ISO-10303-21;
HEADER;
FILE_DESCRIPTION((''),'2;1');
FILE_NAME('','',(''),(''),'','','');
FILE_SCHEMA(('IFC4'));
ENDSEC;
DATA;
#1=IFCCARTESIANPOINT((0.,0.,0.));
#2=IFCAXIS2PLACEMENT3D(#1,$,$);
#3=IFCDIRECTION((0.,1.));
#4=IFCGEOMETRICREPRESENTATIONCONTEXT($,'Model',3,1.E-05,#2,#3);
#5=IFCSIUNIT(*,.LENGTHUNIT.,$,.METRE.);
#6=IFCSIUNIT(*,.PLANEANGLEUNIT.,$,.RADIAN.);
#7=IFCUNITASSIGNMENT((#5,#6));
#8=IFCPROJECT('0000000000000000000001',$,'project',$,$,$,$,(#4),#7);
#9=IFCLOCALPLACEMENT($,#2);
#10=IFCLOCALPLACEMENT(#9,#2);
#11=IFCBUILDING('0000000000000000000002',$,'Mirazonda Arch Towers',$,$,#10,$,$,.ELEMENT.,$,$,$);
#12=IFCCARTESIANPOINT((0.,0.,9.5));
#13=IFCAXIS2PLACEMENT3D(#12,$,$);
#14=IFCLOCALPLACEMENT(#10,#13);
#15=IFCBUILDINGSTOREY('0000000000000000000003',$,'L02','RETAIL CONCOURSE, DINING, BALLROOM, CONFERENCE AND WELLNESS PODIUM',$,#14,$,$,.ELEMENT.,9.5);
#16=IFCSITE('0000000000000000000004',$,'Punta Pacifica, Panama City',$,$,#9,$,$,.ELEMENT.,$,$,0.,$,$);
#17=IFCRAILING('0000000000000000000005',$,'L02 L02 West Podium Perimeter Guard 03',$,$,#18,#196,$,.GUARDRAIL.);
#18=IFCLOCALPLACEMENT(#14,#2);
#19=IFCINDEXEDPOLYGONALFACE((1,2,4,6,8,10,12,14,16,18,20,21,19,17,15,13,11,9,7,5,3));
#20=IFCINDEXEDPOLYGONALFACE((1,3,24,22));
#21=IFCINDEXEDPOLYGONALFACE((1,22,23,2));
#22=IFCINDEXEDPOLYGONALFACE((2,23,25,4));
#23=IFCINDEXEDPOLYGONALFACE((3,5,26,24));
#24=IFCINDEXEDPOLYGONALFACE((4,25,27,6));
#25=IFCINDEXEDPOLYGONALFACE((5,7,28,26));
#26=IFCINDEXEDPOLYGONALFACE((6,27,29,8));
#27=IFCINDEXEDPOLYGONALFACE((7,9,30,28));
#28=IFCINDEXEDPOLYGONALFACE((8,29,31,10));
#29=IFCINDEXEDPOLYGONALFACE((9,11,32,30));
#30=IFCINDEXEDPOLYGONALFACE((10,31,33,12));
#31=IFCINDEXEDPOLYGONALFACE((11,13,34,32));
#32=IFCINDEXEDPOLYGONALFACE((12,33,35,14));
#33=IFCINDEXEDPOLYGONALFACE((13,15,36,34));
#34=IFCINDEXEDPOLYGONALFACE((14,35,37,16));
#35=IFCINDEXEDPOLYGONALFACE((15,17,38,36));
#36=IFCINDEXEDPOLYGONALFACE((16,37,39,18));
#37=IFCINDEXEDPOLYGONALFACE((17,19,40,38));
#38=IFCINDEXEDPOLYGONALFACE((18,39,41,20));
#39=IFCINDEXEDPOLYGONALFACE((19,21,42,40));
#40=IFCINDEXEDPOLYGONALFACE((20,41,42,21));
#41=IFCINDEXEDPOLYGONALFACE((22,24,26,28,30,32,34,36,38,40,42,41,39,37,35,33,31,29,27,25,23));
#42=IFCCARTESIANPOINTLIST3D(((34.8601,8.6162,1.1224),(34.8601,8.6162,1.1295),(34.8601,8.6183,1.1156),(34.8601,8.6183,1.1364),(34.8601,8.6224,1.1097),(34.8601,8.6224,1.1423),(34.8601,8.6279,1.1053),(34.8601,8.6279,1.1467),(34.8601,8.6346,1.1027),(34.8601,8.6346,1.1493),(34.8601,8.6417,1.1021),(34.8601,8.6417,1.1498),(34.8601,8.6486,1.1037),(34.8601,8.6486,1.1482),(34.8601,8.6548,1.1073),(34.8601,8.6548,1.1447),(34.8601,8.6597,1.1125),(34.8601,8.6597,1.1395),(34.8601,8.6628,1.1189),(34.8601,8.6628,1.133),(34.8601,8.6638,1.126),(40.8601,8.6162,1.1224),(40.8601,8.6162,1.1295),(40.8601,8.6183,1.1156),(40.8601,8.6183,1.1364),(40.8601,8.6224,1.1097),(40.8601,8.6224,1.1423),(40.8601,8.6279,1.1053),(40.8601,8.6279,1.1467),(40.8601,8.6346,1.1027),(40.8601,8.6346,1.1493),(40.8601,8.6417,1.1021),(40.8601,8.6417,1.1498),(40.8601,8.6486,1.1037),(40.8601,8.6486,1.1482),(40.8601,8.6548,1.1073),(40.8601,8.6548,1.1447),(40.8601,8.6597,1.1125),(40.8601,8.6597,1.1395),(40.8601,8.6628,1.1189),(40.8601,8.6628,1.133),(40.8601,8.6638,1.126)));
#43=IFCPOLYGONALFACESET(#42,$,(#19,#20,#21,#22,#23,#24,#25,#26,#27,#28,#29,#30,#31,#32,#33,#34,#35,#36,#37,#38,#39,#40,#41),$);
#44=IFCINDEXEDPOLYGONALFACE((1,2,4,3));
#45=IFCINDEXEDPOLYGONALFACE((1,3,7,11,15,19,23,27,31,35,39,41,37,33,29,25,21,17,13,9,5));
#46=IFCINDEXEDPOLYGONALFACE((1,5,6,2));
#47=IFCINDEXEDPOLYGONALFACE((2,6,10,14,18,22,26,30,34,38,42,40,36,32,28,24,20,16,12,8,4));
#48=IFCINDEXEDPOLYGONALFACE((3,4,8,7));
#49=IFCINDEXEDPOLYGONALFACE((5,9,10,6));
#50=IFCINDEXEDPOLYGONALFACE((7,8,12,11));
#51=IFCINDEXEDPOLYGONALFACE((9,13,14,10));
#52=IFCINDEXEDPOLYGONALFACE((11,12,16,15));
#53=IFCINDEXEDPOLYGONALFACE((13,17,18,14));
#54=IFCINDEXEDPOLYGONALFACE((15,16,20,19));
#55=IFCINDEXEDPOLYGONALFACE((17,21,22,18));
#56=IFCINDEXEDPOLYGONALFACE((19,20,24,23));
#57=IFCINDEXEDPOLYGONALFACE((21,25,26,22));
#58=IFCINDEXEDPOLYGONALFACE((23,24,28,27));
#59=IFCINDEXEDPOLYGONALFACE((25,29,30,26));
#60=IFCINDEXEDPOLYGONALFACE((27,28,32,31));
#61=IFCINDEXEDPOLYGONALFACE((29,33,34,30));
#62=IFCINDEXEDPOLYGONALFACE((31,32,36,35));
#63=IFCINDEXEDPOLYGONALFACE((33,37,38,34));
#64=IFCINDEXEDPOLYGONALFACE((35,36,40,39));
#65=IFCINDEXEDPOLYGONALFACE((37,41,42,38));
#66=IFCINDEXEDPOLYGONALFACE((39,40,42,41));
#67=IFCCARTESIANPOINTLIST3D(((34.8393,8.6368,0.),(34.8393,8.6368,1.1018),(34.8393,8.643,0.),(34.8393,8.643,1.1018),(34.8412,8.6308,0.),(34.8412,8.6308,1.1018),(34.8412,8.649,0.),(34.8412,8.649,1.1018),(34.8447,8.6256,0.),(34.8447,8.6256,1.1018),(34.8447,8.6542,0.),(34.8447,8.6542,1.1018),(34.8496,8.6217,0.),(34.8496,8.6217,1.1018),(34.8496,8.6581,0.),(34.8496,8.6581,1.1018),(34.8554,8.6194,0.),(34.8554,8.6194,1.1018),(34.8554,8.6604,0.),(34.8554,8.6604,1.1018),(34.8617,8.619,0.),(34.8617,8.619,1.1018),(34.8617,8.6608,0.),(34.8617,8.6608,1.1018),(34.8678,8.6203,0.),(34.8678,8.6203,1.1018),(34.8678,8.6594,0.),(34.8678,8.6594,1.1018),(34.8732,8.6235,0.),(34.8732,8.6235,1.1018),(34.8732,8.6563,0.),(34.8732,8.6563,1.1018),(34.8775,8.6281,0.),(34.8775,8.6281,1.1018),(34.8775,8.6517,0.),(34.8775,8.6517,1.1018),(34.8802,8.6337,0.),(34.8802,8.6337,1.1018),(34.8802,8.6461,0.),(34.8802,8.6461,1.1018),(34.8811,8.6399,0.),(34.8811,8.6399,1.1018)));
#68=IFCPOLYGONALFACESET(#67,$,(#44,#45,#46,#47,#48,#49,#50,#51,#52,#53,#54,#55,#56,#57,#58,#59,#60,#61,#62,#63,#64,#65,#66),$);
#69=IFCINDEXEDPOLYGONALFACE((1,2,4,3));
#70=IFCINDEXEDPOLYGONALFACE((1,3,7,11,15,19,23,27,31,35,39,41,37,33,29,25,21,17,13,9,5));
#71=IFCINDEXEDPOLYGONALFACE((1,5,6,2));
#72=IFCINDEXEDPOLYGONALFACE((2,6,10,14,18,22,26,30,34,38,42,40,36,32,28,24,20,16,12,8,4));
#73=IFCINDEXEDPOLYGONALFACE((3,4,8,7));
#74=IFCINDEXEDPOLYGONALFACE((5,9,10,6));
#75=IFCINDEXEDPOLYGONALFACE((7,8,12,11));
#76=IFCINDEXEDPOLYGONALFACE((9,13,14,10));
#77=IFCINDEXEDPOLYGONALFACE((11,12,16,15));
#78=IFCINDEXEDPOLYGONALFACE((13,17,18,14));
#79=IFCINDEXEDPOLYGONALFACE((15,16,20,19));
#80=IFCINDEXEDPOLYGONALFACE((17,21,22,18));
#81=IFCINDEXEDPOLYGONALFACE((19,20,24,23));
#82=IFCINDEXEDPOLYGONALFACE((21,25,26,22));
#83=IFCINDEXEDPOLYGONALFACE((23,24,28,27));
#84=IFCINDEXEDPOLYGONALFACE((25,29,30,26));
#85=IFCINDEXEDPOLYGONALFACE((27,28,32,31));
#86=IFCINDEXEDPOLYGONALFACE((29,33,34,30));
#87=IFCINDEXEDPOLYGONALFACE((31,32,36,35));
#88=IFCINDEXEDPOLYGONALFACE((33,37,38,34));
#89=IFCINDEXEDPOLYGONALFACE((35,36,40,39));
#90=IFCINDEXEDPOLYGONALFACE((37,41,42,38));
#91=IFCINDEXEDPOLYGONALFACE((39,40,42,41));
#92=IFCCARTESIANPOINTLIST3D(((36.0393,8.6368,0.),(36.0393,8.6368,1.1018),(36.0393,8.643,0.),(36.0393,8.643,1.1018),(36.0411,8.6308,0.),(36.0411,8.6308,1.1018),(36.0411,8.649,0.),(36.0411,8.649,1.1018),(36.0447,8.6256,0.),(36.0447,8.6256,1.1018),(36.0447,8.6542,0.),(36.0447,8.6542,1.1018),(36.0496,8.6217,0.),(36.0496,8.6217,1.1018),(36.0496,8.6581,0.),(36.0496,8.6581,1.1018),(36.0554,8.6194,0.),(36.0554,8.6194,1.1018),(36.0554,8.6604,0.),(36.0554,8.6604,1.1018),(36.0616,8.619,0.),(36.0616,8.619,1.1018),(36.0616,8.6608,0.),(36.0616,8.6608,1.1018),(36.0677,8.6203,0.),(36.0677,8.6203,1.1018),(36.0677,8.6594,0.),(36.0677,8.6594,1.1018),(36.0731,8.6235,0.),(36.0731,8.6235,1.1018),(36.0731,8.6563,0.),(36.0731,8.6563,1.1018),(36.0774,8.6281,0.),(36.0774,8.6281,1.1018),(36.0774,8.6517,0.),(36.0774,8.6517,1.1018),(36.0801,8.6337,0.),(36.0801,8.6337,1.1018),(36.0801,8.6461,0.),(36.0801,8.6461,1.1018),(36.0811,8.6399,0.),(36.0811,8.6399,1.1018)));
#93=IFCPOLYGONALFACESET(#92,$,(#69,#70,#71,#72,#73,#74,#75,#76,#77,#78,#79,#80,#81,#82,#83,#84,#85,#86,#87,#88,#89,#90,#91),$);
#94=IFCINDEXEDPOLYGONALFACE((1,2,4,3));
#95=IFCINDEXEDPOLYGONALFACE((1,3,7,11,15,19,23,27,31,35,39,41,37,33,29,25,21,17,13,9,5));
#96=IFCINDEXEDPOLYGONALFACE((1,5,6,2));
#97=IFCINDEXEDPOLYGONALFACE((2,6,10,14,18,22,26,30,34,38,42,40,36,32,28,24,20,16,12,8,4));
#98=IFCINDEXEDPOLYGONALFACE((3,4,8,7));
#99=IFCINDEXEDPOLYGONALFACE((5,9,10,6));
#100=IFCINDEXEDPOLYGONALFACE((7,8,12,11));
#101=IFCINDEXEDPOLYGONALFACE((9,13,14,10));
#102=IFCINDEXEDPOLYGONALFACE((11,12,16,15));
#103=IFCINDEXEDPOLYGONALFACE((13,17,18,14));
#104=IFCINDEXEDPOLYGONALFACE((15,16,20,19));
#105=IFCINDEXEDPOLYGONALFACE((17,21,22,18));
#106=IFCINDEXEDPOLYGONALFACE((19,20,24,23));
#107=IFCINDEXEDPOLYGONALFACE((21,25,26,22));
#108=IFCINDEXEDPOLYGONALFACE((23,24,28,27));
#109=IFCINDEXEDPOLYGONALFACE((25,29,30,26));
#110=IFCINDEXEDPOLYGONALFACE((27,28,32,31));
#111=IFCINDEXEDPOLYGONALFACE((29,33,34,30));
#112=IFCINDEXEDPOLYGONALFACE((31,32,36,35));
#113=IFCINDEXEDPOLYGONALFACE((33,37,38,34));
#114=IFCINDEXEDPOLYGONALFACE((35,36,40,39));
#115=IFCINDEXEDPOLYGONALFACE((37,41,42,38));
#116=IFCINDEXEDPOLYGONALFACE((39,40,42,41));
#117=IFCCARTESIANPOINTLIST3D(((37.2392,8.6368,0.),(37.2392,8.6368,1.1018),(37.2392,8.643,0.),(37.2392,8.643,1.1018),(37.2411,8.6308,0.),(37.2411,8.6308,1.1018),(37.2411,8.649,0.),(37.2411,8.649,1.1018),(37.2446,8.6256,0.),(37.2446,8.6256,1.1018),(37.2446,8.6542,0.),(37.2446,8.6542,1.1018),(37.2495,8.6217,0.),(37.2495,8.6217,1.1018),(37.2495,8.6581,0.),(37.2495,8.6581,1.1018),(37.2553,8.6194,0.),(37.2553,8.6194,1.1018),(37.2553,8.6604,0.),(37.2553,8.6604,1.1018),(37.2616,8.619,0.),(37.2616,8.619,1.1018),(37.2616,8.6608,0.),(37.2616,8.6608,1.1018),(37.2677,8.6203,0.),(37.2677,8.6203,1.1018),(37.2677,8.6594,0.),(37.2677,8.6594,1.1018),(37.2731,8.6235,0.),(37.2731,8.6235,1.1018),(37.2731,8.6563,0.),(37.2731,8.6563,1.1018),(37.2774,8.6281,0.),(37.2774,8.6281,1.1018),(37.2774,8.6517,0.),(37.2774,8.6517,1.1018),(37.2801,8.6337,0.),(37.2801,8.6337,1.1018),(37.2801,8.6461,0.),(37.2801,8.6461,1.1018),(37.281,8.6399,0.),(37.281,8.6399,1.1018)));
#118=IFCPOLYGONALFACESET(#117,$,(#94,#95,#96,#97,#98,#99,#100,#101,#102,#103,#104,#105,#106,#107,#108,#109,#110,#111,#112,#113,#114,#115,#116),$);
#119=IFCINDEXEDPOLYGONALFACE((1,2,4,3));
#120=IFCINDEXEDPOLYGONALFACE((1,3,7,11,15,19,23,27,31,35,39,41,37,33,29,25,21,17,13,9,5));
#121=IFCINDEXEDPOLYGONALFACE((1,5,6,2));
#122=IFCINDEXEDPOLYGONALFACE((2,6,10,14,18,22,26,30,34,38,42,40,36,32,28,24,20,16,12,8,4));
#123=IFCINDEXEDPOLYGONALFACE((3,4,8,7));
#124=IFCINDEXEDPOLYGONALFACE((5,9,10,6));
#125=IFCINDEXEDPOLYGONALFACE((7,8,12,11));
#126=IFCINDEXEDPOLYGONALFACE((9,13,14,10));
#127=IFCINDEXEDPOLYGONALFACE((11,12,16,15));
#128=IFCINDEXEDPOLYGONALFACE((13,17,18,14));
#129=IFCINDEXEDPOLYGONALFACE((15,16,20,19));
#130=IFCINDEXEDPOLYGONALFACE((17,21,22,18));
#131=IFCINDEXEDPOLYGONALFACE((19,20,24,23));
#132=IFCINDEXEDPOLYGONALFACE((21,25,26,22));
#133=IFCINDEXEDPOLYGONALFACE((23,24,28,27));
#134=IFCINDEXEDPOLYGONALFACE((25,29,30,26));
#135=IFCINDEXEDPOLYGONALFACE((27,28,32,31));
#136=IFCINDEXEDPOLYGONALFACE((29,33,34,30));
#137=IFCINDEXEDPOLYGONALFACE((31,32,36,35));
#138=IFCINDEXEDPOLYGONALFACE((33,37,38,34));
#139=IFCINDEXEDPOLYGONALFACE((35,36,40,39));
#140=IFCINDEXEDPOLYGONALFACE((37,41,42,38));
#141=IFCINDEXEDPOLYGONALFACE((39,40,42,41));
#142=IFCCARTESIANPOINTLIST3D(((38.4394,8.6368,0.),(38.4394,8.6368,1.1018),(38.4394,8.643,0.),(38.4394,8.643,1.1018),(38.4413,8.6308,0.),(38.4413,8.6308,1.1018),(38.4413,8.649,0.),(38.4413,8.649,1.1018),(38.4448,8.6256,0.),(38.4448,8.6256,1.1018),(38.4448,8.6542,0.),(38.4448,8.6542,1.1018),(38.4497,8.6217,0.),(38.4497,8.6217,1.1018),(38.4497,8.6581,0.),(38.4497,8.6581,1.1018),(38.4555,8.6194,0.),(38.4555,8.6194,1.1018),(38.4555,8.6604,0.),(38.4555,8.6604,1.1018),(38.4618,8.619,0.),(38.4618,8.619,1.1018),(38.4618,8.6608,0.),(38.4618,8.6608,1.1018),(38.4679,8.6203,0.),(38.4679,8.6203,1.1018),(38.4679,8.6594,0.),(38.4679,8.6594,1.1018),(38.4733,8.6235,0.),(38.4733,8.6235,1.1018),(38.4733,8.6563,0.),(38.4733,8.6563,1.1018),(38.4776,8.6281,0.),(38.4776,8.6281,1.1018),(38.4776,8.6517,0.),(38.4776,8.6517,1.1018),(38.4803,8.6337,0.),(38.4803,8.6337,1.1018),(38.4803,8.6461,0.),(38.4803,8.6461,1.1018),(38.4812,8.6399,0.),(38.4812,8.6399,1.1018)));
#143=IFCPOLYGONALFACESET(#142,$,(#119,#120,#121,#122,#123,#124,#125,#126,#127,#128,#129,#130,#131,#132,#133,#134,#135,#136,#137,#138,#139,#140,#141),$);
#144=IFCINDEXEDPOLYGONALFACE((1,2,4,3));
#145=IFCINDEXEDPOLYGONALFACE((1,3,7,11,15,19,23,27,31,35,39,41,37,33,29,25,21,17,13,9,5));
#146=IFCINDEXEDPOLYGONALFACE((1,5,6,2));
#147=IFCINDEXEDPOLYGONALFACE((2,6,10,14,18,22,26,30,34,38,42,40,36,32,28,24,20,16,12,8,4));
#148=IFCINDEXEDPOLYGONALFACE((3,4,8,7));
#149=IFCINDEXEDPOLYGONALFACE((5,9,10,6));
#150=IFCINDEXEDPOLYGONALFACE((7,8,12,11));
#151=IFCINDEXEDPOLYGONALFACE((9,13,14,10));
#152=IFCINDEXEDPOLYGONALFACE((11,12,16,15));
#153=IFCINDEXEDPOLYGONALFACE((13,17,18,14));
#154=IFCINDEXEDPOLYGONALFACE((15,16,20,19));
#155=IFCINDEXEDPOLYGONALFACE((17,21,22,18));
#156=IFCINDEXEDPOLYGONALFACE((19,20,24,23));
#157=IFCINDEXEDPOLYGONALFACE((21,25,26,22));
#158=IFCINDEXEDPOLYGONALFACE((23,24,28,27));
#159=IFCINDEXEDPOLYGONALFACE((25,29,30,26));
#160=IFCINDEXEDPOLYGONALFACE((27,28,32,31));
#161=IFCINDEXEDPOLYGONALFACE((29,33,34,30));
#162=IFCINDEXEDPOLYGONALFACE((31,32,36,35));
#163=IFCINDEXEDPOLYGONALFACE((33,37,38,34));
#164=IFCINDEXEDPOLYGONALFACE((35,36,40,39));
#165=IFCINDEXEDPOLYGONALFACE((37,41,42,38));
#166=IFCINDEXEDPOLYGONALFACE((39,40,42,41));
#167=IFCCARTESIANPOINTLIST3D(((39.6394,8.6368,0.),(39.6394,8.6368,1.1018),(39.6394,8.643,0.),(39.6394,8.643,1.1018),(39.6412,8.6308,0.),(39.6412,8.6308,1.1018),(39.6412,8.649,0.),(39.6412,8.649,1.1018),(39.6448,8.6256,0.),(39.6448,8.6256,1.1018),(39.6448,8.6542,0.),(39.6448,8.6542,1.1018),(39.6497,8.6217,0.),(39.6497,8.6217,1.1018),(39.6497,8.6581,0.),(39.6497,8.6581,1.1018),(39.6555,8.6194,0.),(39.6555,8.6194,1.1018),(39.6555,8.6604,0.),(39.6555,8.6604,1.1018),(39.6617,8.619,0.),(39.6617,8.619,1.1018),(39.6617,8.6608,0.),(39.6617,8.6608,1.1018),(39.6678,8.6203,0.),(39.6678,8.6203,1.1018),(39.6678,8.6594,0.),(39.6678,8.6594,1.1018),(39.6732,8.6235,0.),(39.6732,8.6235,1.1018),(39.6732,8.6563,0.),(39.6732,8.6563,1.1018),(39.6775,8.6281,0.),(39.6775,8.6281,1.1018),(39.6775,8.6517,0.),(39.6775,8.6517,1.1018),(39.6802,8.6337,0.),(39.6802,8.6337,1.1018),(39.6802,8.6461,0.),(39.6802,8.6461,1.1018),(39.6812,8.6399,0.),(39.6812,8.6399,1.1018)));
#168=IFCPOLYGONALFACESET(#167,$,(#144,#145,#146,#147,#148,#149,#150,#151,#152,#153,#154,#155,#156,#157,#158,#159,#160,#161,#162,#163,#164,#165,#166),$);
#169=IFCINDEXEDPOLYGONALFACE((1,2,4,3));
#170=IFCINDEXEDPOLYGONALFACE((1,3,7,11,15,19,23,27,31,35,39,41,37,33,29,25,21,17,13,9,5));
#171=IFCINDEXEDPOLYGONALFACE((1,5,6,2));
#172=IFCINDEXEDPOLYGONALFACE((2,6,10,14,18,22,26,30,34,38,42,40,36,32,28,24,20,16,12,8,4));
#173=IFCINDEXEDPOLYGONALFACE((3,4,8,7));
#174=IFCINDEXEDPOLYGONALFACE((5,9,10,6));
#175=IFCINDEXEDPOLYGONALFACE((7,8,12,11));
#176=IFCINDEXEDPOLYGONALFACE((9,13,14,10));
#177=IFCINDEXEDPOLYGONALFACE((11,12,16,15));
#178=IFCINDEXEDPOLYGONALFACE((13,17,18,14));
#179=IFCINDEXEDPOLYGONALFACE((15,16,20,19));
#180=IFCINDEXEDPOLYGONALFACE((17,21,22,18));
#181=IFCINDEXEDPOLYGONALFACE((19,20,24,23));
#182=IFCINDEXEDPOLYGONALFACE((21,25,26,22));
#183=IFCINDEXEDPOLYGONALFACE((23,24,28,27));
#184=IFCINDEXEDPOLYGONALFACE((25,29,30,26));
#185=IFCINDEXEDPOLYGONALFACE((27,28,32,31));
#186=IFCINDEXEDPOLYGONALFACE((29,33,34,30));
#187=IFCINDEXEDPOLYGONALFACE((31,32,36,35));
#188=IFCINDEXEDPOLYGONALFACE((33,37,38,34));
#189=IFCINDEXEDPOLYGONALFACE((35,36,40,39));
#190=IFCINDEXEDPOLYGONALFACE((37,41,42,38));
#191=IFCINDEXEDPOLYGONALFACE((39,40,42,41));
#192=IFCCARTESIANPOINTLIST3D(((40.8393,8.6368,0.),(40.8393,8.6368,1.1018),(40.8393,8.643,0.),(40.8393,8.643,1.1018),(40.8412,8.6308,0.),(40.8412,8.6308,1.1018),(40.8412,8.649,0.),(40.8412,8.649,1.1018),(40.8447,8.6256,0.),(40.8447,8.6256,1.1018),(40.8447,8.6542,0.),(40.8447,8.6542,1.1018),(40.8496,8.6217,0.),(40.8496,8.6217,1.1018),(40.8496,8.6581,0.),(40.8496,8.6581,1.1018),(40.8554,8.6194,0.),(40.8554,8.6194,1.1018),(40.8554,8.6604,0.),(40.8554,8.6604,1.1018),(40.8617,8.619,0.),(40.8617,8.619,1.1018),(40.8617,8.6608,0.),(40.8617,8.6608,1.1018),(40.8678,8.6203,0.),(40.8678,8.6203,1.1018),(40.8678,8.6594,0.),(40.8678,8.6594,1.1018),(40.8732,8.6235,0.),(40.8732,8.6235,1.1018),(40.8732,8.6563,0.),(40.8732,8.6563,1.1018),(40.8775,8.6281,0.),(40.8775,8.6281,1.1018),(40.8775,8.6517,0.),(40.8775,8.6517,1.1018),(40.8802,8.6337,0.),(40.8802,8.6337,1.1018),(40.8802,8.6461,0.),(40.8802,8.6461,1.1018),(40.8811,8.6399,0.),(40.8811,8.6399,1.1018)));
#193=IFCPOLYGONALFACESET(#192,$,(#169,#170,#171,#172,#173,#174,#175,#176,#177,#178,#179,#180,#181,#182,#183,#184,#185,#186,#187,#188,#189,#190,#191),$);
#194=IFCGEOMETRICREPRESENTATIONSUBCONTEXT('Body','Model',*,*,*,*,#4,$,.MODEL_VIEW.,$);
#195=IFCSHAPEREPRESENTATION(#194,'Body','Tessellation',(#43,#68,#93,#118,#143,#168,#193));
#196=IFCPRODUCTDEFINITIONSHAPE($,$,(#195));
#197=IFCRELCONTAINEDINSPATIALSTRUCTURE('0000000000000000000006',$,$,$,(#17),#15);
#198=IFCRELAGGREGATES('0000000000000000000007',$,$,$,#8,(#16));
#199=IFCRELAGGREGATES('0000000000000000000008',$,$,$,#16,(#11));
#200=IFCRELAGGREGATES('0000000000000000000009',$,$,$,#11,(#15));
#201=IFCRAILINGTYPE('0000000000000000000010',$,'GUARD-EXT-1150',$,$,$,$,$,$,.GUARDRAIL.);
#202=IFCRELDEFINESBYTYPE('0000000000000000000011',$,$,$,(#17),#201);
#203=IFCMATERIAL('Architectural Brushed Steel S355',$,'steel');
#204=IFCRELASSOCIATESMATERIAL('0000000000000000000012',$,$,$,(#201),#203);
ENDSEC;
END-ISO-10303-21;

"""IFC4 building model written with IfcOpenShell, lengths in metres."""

from ifc_helpers import new_model, si_unit, direction, frame, origin, origin_2d, place, context, subcontext, project, spatial, circle, extrude, material, type_object, element, save


model = new_model("IFC4")

# Units and contexts
model_context = context("Model", 3, precision=1e-05, world=origin(), true_north=direction((0.0, 1.0)))
body_context = subcontext(model_context, "Body", "Model", "MODEL_VIEW")
ifc_project = project(units=[si_unit("LENGTHUNIT", "METRE"), si_unit("PLANEANGLEUNIT", "RADIAN")], contexts=[model_context])

# Site, building, storey
site_placement = place(None, origin())
site = spatial("IfcSite", under=ifc_project, at=site_placement, Name="Punta Pacifica, Panama City", CompositionType="ELEMENT", RefElevation=0.0)
building_placement = place(site_placement, origin())
building = spatial("IfcBuilding", under=site, at=building_placement, Name="Mirazonda Arch Towers", CompositionType="ELEMENT")
storey_placement = place(building_placement, frame((0.0, 0.0, 9.5)))
storey = spatial("IfcBuildingStorey", under=building, at=storey_placement, Name="L02", Description="RETAIL CONCOURSE, DINING, BALLROOM, CONFERENCE AND WELLNESS PODIUM", CompositionType="ELEMENT", Elevation=9.5)

# Railing
ifc_material_1 = material(Name="Architectural Brushed Steel S355", Category="steel")
railing_type_1 = type_object("IfcRailingType", Name="GUARD-EXT-1150", PredefinedType="GUARDRAIL", material=ifc_material_1)
railing_1_placement = place(storey_placement, frame((34.8601, 8.6399, 0.0)))
element("IfcRailing", 1, at=railing_1_placement, inside=storey, type_object=railing_type_1, Name="L02 L02 West Podium Perimeter Guard 03", PredefinedType="GUARDRAIL", context=body_context, shape_type="SweptSolid", body=[
    extrude(circle(Radius=0.0239, at=origin_2d()), frame((0.0, 0.0, 1.126), z_axis=(1.0, 0.0, 0.0), x_axis=(0.0, 1.0, 0.0)), (0.0, 0.0, 1.0), 6.0),
    extrude(circle(Radius=0.021, at=origin_2d()), origin(), (0.0, 0.0, 1.0), 1.1018),
    extrude(circle(Radius=0.021, at=origin_2d()), frame((1.2, 0.0, 0.0)), (0.0, 0.0, 1.0), 1.1018),
    extrude(circle(Radius=0.021, at=origin_2d()), frame((2.3999, 0.0, 0.0)), (0.0, 0.0, 1.0), 1.1018),
    extrude(circle(Radius=0.021, at=origin_2d()), frame((3.6001, 0.0, 0.0)), (0.0, 0.0, 1.0), 1.1018),
    extrude(circle(Radius=0.021, at=origin_2d()), frame((4.8, 0.0, 0.0)), (0.0, 0.0, 1.0), 1.1018),
    extrude(circle(Radius=0.021, at=origin_2d()), frame((6.0, 0.0, 0.0)), (0.0, 0.0, 1.0), 1.1018),
])

save(model, "model.ifc")
